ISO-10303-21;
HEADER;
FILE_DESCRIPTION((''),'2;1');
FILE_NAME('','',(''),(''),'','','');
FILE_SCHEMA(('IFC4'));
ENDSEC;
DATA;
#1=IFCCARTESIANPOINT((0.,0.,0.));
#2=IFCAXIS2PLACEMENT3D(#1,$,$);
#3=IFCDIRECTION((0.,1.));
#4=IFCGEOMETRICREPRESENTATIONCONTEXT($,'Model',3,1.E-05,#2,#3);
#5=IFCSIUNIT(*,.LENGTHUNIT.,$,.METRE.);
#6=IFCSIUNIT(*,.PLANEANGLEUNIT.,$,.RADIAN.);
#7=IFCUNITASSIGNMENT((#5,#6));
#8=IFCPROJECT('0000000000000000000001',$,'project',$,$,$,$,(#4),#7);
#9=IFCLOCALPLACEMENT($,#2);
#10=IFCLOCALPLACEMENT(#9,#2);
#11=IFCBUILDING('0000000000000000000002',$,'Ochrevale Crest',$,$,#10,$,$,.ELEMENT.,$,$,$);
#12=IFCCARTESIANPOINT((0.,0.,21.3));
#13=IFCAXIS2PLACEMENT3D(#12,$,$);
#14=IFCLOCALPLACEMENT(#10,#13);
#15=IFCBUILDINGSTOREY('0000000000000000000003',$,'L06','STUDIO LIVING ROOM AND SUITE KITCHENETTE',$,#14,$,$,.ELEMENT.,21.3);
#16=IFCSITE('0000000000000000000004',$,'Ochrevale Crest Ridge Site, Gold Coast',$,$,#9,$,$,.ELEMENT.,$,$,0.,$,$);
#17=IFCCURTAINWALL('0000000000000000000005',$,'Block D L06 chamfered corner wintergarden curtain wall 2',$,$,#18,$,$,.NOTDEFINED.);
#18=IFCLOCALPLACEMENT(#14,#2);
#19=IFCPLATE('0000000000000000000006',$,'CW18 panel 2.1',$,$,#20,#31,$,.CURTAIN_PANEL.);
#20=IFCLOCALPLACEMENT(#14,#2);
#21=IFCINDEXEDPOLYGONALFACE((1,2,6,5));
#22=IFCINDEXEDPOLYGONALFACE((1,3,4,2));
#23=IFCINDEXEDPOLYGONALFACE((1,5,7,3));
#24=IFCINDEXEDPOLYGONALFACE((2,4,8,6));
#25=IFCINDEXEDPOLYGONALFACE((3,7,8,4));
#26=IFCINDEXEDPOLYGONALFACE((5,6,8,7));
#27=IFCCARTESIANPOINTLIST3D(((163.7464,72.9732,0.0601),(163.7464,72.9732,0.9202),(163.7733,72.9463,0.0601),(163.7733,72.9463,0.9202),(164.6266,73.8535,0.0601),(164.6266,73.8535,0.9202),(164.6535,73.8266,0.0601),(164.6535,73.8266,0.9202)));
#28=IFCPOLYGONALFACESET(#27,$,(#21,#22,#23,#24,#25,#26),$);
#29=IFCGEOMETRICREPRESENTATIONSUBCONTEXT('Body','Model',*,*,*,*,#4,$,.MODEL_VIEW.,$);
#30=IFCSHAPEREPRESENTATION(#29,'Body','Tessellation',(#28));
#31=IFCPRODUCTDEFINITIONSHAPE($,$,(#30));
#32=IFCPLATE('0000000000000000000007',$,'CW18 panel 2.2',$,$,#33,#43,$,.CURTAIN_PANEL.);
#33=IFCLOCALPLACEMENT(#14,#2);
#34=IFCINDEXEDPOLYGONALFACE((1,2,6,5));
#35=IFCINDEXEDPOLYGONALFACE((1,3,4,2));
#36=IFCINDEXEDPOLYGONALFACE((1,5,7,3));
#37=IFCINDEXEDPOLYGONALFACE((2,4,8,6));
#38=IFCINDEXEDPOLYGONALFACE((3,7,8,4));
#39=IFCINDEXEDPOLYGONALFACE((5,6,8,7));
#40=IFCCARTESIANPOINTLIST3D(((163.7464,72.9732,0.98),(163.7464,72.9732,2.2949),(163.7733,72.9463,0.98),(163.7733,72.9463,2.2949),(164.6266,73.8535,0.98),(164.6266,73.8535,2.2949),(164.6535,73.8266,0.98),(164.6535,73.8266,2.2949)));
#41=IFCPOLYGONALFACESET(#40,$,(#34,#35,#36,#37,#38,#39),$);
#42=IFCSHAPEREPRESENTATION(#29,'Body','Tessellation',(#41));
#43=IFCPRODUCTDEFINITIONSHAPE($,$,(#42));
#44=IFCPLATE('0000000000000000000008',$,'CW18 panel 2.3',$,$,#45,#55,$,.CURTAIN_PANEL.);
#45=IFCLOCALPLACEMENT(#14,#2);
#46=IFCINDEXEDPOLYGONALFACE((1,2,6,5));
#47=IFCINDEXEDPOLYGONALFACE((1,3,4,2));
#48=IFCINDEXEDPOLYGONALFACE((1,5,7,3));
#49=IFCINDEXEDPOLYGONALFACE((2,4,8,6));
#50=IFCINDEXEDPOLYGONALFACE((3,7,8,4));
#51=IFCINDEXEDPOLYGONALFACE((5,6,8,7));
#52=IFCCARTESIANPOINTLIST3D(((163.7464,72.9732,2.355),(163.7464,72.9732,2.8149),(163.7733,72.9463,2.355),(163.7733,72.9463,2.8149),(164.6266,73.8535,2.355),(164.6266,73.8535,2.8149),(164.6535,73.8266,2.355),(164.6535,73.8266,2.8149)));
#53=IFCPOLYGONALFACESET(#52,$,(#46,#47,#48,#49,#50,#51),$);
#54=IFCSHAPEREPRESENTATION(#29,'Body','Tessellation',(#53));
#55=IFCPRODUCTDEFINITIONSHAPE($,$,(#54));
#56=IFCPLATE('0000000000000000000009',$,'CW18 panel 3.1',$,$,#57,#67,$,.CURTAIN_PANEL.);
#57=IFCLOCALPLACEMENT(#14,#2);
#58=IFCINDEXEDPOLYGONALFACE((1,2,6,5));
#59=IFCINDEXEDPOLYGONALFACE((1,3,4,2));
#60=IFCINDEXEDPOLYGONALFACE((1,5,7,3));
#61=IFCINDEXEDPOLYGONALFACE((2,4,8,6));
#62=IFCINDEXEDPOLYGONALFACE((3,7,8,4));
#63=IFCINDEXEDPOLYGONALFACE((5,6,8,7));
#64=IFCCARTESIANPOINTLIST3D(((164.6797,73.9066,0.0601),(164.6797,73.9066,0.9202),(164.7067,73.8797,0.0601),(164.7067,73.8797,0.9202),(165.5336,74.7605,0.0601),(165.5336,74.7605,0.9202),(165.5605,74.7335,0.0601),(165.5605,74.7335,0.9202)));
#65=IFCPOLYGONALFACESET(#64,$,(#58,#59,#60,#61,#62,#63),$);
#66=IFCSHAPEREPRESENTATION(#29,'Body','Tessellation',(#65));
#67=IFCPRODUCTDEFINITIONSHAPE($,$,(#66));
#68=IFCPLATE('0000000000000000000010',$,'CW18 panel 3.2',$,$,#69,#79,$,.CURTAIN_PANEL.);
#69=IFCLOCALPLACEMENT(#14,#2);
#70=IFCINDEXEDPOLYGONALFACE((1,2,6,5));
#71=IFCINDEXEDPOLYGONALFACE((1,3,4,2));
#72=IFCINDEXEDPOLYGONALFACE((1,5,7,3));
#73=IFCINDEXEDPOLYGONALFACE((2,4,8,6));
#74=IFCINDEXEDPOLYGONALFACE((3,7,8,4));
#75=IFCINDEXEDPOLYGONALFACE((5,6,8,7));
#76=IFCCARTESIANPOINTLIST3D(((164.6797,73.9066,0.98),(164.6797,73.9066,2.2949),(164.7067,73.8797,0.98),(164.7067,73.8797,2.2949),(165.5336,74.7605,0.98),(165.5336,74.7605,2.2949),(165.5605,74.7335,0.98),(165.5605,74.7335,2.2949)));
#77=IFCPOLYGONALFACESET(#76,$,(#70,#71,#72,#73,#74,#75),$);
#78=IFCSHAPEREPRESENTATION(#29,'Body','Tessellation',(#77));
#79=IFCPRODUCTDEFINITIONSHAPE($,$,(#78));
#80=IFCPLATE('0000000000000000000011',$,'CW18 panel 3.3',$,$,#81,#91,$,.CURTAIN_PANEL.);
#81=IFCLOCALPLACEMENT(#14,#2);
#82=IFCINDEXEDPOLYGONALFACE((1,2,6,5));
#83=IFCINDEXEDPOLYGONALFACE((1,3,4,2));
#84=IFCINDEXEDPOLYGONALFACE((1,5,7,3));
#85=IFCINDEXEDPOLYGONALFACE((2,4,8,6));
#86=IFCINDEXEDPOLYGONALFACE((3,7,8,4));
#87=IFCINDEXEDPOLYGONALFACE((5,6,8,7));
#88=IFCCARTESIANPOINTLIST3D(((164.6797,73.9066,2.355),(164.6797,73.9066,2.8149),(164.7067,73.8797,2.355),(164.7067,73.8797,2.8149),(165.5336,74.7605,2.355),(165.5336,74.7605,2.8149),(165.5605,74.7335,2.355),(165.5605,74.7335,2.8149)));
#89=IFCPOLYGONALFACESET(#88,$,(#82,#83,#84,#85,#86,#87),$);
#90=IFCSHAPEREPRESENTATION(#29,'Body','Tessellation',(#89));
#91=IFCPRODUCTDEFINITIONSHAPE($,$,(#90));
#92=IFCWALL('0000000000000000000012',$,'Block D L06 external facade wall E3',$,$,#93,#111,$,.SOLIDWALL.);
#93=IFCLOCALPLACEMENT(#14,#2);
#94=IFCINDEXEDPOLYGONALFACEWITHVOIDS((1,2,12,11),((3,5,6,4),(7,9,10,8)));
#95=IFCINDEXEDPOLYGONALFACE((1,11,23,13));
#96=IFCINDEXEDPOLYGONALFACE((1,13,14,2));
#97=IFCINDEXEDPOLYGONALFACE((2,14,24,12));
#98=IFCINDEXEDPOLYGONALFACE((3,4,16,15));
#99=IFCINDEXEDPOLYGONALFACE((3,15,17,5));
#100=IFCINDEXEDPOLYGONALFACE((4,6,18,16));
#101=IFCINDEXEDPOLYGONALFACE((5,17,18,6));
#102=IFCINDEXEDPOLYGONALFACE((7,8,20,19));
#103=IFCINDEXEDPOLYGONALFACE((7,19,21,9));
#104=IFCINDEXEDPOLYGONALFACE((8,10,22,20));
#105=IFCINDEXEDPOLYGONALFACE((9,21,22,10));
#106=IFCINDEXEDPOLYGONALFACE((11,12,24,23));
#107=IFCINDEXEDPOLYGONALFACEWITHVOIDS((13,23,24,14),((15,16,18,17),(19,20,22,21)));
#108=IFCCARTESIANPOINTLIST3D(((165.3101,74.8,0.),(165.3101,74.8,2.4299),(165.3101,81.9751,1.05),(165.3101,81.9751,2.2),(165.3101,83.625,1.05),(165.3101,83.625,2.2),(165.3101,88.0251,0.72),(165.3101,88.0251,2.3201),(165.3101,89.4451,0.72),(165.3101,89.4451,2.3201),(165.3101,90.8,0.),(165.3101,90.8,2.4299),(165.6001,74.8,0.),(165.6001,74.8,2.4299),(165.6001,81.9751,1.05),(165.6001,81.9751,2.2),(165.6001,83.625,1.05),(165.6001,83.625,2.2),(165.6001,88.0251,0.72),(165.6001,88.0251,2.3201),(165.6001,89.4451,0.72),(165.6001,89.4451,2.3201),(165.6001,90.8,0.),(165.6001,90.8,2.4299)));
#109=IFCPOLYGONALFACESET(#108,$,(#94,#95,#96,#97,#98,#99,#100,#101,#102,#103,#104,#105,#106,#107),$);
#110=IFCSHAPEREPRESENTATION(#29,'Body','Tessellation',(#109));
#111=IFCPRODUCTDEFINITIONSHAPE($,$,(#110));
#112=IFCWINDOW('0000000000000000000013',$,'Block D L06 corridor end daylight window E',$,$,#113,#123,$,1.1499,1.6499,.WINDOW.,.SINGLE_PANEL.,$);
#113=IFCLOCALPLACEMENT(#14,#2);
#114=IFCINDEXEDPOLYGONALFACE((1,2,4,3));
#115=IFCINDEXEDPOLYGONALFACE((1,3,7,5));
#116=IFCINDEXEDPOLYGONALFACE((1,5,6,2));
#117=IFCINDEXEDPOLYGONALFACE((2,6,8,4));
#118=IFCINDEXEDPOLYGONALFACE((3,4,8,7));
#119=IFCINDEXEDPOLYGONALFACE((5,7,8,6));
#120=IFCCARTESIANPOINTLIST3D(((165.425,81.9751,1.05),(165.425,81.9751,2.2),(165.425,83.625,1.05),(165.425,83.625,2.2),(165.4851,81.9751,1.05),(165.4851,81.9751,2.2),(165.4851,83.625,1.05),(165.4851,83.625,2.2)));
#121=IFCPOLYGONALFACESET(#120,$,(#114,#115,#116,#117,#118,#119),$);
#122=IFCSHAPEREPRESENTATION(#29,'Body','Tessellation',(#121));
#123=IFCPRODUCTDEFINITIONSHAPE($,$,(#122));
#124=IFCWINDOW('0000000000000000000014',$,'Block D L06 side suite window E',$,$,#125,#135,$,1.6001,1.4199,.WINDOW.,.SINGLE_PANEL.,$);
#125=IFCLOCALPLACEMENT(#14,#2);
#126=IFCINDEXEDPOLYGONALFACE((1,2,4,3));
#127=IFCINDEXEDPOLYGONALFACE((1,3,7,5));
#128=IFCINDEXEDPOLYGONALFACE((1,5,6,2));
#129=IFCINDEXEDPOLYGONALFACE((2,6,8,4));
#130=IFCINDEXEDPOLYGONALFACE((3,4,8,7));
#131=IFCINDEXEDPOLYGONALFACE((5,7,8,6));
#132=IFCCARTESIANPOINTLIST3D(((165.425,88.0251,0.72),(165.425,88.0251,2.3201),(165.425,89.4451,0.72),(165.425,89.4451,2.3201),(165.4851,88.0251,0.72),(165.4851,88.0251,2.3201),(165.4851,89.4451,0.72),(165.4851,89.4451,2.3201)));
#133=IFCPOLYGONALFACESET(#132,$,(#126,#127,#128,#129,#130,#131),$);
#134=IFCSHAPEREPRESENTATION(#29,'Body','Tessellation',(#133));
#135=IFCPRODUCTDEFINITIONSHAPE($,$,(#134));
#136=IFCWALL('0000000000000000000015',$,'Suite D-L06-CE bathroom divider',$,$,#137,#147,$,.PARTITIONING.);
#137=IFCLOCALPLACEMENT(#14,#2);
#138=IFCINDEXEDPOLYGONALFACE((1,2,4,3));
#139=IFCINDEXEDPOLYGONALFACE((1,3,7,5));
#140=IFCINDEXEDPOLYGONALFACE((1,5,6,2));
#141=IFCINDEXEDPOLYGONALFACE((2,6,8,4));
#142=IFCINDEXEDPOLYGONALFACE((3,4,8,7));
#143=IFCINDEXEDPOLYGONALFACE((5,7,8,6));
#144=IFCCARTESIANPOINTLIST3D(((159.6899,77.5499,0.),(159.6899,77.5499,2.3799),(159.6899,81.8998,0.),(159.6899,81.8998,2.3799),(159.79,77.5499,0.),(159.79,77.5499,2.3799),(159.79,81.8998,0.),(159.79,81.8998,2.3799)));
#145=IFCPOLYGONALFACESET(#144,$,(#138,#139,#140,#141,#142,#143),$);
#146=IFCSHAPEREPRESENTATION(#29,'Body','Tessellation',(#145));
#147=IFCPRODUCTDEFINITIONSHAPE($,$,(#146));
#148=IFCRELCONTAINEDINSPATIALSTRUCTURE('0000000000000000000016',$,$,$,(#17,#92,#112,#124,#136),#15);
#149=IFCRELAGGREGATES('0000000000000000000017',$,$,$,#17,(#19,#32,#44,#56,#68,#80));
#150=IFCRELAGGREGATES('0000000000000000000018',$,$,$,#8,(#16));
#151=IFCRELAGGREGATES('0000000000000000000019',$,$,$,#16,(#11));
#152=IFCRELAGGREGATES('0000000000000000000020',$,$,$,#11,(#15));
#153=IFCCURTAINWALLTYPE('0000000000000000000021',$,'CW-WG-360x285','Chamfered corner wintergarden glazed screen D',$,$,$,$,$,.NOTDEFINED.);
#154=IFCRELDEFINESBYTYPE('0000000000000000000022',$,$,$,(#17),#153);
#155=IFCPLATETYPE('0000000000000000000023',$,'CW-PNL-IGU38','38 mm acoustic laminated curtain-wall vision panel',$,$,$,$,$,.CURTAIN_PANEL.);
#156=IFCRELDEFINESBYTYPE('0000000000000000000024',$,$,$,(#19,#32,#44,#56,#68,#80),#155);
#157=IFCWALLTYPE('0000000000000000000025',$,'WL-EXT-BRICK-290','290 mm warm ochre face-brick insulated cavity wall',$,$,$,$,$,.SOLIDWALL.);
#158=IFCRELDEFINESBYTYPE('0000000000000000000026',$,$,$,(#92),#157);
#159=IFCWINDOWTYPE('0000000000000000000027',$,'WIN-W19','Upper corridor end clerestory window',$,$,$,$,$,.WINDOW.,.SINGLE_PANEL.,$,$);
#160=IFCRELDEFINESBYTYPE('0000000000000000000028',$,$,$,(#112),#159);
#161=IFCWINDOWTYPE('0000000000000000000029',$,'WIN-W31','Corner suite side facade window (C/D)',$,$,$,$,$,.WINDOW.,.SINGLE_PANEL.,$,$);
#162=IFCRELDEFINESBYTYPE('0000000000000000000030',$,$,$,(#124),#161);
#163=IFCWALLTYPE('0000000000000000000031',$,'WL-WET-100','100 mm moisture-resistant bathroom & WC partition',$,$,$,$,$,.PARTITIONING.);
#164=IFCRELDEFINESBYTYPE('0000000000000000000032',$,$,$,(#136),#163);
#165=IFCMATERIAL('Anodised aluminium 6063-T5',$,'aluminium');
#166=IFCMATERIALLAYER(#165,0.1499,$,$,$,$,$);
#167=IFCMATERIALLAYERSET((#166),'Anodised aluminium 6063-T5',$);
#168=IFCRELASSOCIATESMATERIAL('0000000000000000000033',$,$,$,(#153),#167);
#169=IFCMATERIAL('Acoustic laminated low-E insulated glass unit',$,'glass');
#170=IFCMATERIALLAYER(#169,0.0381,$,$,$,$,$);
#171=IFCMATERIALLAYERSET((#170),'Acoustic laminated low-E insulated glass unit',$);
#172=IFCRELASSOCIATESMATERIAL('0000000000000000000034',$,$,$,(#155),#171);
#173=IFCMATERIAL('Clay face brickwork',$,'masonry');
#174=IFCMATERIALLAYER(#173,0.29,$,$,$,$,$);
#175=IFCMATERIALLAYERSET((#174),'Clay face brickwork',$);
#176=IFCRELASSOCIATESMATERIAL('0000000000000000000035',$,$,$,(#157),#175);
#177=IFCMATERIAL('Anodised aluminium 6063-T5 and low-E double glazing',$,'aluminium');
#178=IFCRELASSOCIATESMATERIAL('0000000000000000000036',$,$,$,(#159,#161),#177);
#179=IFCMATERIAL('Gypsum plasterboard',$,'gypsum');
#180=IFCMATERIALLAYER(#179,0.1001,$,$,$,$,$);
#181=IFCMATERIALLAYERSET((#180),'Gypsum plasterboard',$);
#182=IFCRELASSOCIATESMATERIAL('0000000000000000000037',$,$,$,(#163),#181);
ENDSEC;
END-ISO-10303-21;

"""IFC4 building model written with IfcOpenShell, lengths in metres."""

from ifc_helpers import new_model, si_unit, direction, frame, frame_2d, origin, origin_2d, place, context, subcontext, project, spatial, rectangle, extrude, material, layer, layer_set, type_object, element, fill, aggregate, save


model = new_model("IFC4")

# Units and contexts
model_context = context("Model", 3, precision=1e-05, world=origin(), true_north=direction((0.0, 1.0)))
body_context = subcontext(model_context, "Body", "Model", "MODEL_VIEW")
ifc_project = project(units=[si_unit("LENGTHUNIT", "METRE"), si_unit("PLANEANGLEUNIT", "RADIAN")], contexts=[model_context])

# Site, building, storey
site_placement = place(None, origin())
site = spatial("IfcSite", under=ifc_project, at=site_placement, Name="Ochrevale Crest Ridge Site, Gold Coast", CompositionType="ELEMENT", RefElevation=0.0)
building_placement = place(site_placement, origin())
building = spatial("IfcBuilding", under=site, at=building_placement, Name="Ochrevale Crest", CompositionType="ELEMENT")
storey_placement = place(building_placement, frame((0.0, 0.0, 21.3)))
storey = spatial("IfcBuildingStorey", under=building, at=storey_placement, Name="L06", Description="STUDIO LIVING ROOM AND SUITE KITCHENETTE", CompositionType="ELEMENT", Elevation=21.3)

# Curtain wall, plates
ifc_material_1 = material(Name="Anodised aluminium 6063-T5", Category="aluminium")
ifc_layer_1 = layer(ifc_material_1, 0.1499)
ifc_layer_set_1 = layer_set([ifc_layer_1], Name="Anodised aluminium 6063-T5")
curtain_wall_type = type_object("IfcCurtainWallType", Name="CW-WG-360x285", Description="Chamfered corner wintergarden glazed screen D", PredefinedType="NOTDEFINED", material=ifc_layer_set_1)
curtain_wall_placement = place(storey_placement, origin())
curtain_wall = element("IfcCurtainWall", 1, at=curtain_wall_placement, inside=storey, type_object=curtain_wall_type, Name="Block D L06 chamfered corner wintergarden curtain wall 2", PredefinedType="NOTDEFINED")
ifc_material_2 = material(Name="Acoustic laminated low-E insulated glass unit", Category="glass")
ifc_layer_2 = layer(ifc_material_2, 0.0381)
ifc_layer_set_2 = layer_set([ifc_layer_2], Name="Acoustic laminated low-E insulated glass unit")
plate_type = type_object("IfcPlateType", Name="CW-PNL-IGU38", Description="38 mm acoustic laminated curtain-wall vision panel", PredefinedType="CURTAIN_PANEL", material=ifc_layer_set_2)
plate_1_placement = place(storey_placement, frame((164.2, 73.3999, 0.0601), z_axis=(0.0, 0.0, 1.0), x_axis=(0.707107, 0.707107, 0.0)))
plate_1 = element("IfcPlate", 2, at=plate_1_placement, type_object=plate_type, Name="CW18 panel 2.1", PredefinedType="CURTAIN_PANEL", context=body_context, shape_type="SweptSolid", body=[
    extrude(rectangle(XDim=1.2449, YDim=0.0381, at=origin_2d()), origin(), (0.0, 0.0, 1.0), 0.8601),
])
plate_2_placement = place(storey_placement, frame((164.2, 73.3999, 0.98), z_axis=(0.0, 0.0, 1.0), x_axis=(0.707107, 0.707107, 0.0)))
plate_2 = element("IfcPlate", 3, at=plate_2_placement, type_object=plate_type, Name="CW18 panel 2.2", PredefinedType="CURTAIN_PANEL", context=body_context, shape_type="SweptSolid", body=[
    extrude(rectangle(XDim=1.2449, YDim=0.0381, at=origin_2d()), origin(), (0.0, 0.0, 1.0), 1.3149),
])
plate_3_placement = place(storey_placement, frame((164.2, 73.3999, 2.355), z_axis=(0.0, 0.0, 1.0), x_axis=(0.707107, 0.707107, 0.0)))
plate_3 = element("IfcPlate", 4, at=plate_3_placement, type_object=plate_type, Name="CW18 panel 2.3", PredefinedType="CURTAIN_PANEL", context=body_context, shape_type="SweptSolid", body=[
    extrude(rectangle(XDim=1.2449, YDim=0.0381, at=origin_2d()), origin(), (0.0, 0.0, 1.0), 0.46),
])
plate_4_placement = place(storey_placement, frame((165.1201, 74.3201, 0.0601), z_axis=(0.0, 0.0, 1.0), x_axis=(0.707107, 0.707107, 0.0)))
plate_4 = element("IfcPlate", 5, at=plate_4_placement, type_object=plate_type, Name="CW18 panel 3.1", PredefinedType="CURTAIN_PANEL", context=body_context, shape_type="SweptSolid", body=[
    extrude(rectangle(XDim=1.2075, YDim=0.0381, at=origin_2d()), origin(), (0.0, 0.0, 1.0), 0.8601),
])
plate_5_placement = place(storey_placement, frame((165.1201, 74.3201, 0.98), z_axis=(0.0, 0.0, 1.0), x_axis=(0.707107, 0.707107, 0.0)))
plate_5 = element("IfcPlate", 6, at=plate_5_placement, type_object=plate_type, Name="CW18 panel 3.2", PredefinedType="CURTAIN_PANEL", context=body_context, shape_type="SweptSolid", body=[
    extrude(rectangle(XDim=1.2075, YDim=0.0381, at=origin_2d()), origin(), (0.0, 0.0, 1.0), 1.3149),
])
plate_6_placement = place(storey_placement, frame((165.1201, 74.3201, 2.355), z_axis=(0.0, 0.0, 1.0), x_axis=(0.707107, 0.707107, 0.0)))
plate_6 = element("IfcPlate", 7, at=plate_6_placement, type_object=plate_type, Name="CW18 panel 3.3", PredefinedType="CURTAIN_PANEL", context=body_context, shape_type="SweptSolid", body=[
    extrude(rectangle(XDim=1.2075, YDim=0.0381, at=origin_2d()), origin(), (0.0, 0.0, 1.0), 0.46),
])
aggregate(curtain_wall, [plate_1, plate_2, plate_3, plate_4, plate_5, plate_6])

# Wall, openings, windows
ifc_material_3 = material(Name="Clay face brickwork", Category="masonry")
ifc_layer_3 = layer(ifc_material_3, 0.29)
ifc_layer_set_3 = layer_set([ifc_layer_3], Name="Clay face brickwork")
wall_type_1 = type_object("IfcWallType", Name="WL-EXT-BRICK-290", Description="290 mm warm ochre face-brick insulated cavity wall", PredefinedType="SOLIDWALL", material=ifc_layer_set_3)
wall_1_placement = place(storey_placement, frame((165.4551, 74.8, 0.0), z_axis=(0.0, 0.0, 1.0), x_axis=(0.0, 1.0, 0.0)))
wall_1 = element("IfcWall", 8, at=wall_1_placement, inside=storey, type_object=wall_type_1, Name="Block D L06 external facade wall E3", PredefinedType="SOLIDWALL", context=body_context, shape_type="SweptSolid", body=[
    extrude(rectangle(XDim=16.0, YDim=0.29, at=frame_2d((8.0, 0.0))), origin(), (0.0, 0.0, 1.0), 2.4299),
])
opening_1_placement = place(wall_1_placement, frame((7.175, 0.0, 1.05)))
opening_1 = element("IfcOpeningElement", 9, at=opening_1_placement, cuts=wall_1, PredefinedType="OPENING", context=body_context, shape_type="SweptSolid", body=[
    extrude(rectangle(XDim=1.6499, YDim=1.1499, at=frame_2d((0.825, 0.575))), frame((0.0, 0.155, 0.0), z_axis=(0.0, -1.0, 0.0), x_axis=(1.0, 0.0, 0.0)), (0.0, 0.0, 1.0), 0.3101),
])
opening_2_placement = place(wall_1_placement, frame((13.2251, 0.0, 0.72)))
opening_2 = element("IfcOpeningElement", 10, at=opening_2_placement, cuts=wall_1, PredefinedType="OPENING", context=body_context, shape_type="SweptSolid", body=[
    extrude(rectangle(XDim=1.4199, YDim=1.6001, at=frame_2d((0.71, 0.8))), frame((0.0, 0.155, 0.0), z_axis=(0.0, -1.0, 0.0), x_axis=(1.0, 0.0, 0.0)), (0.0, 0.0, 1.0), 0.3101),
])
ifc_material_4 = material(Name="Anodised aluminium 6063-T5 and low-E double glazing", Category="aluminium")
window_type_1 = type_object("IfcWindowType", Name="WIN-W19", Description="Upper corridor end clerestory window", PartitioningType="SINGLE_PANEL", PredefinedType="WINDOW", material=ifc_material_4)
window_1_placement = place(opening_1_placement, origin())
window_1 = element("IfcWindow", 11, at=window_1_placement, inside=storey, type_object=window_type_1, Name="Block D L06 corridor end daylight window E", OverallHeight=1.1499, OverallWidth=1.6499, PartitioningType="SINGLE_PANEL", PredefinedType="WINDOW", context=body_context, shape_type="SweptSolid", body=[
    extrude(rectangle(XDim=1.6499, YDim=1.1499, at=frame_2d((0.825, 0.575))), frame((0.0, 0.03, 0.0), z_axis=(0.0, -1.0, 0.0), x_axis=(1.0, 0.0, 0.0)), (0.0, 0.0, 1.0), 0.0601),
])
fill(opening_1, window_1)
window_type_2 = type_object("IfcWindowType", Name="WIN-W31", Description="Corner suite side facade window (C/D)", PartitioningType="SINGLE_PANEL", PredefinedType="WINDOW", material=ifc_material_4)
window_2_placement = place(opening_2_placement, origin())
window_2 = element("IfcWindow", 12, at=window_2_placement, inside=storey, type_object=window_type_2, Name="Block D L06 side suite window E", OverallHeight=1.6001, OverallWidth=1.4199, PartitioningType="SINGLE_PANEL", PredefinedType="WINDOW", context=body_context, shape_type="SweptSolid", body=[
    extrude(rectangle(XDim=1.4199, YDim=1.6001, at=frame_2d((0.71, 0.8))), frame((0.0, 0.03, 0.0), z_axis=(0.0, -1.0, 0.0), x_axis=(1.0, 0.0, 0.0)), (0.0, 0.0, 1.0), 0.0601),
])
fill(opening_2, window_2)

# Wall
ifc_material_5 = material(Name="Gypsum plasterboard", Category="gypsum")
ifc_layer_4 = layer(ifc_material_5, 0.1001)
ifc_layer_set_4 = layer_set([ifc_layer_4], Name="Gypsum plasterboard")
wall_type_2 = type_object("IfcWallType", Name="WL-WET-100", Description="100 mm moisture-resistant bathroom & WC partition", PredefinedType="PARTITIONING", material=ifc_layer_set_4)
wall_2_placement = place(storey_placement, frame((159.74, 77.55, 0.0), z_axis=(0.0, 0.0, 1.0), x_axis=(0.0, 1.0, 0.0)))
element("IfcWall", 13, at=wall_2_placement, inside=storey, type_object=wall_type_2, Name="Suite D-L06-CE bathroom divider", PredefinedType="PARTITIONING", context=body_context, shape_type="SweptSolid", body=[
    extrude(rectangle(XDim=4.3499, YDim=0.1001, at=frame_2d((2.1748, 0.0))), origin(), (0.0, 0.0, 1.0), 2.3799),
])

save(model, "model.ifc")
